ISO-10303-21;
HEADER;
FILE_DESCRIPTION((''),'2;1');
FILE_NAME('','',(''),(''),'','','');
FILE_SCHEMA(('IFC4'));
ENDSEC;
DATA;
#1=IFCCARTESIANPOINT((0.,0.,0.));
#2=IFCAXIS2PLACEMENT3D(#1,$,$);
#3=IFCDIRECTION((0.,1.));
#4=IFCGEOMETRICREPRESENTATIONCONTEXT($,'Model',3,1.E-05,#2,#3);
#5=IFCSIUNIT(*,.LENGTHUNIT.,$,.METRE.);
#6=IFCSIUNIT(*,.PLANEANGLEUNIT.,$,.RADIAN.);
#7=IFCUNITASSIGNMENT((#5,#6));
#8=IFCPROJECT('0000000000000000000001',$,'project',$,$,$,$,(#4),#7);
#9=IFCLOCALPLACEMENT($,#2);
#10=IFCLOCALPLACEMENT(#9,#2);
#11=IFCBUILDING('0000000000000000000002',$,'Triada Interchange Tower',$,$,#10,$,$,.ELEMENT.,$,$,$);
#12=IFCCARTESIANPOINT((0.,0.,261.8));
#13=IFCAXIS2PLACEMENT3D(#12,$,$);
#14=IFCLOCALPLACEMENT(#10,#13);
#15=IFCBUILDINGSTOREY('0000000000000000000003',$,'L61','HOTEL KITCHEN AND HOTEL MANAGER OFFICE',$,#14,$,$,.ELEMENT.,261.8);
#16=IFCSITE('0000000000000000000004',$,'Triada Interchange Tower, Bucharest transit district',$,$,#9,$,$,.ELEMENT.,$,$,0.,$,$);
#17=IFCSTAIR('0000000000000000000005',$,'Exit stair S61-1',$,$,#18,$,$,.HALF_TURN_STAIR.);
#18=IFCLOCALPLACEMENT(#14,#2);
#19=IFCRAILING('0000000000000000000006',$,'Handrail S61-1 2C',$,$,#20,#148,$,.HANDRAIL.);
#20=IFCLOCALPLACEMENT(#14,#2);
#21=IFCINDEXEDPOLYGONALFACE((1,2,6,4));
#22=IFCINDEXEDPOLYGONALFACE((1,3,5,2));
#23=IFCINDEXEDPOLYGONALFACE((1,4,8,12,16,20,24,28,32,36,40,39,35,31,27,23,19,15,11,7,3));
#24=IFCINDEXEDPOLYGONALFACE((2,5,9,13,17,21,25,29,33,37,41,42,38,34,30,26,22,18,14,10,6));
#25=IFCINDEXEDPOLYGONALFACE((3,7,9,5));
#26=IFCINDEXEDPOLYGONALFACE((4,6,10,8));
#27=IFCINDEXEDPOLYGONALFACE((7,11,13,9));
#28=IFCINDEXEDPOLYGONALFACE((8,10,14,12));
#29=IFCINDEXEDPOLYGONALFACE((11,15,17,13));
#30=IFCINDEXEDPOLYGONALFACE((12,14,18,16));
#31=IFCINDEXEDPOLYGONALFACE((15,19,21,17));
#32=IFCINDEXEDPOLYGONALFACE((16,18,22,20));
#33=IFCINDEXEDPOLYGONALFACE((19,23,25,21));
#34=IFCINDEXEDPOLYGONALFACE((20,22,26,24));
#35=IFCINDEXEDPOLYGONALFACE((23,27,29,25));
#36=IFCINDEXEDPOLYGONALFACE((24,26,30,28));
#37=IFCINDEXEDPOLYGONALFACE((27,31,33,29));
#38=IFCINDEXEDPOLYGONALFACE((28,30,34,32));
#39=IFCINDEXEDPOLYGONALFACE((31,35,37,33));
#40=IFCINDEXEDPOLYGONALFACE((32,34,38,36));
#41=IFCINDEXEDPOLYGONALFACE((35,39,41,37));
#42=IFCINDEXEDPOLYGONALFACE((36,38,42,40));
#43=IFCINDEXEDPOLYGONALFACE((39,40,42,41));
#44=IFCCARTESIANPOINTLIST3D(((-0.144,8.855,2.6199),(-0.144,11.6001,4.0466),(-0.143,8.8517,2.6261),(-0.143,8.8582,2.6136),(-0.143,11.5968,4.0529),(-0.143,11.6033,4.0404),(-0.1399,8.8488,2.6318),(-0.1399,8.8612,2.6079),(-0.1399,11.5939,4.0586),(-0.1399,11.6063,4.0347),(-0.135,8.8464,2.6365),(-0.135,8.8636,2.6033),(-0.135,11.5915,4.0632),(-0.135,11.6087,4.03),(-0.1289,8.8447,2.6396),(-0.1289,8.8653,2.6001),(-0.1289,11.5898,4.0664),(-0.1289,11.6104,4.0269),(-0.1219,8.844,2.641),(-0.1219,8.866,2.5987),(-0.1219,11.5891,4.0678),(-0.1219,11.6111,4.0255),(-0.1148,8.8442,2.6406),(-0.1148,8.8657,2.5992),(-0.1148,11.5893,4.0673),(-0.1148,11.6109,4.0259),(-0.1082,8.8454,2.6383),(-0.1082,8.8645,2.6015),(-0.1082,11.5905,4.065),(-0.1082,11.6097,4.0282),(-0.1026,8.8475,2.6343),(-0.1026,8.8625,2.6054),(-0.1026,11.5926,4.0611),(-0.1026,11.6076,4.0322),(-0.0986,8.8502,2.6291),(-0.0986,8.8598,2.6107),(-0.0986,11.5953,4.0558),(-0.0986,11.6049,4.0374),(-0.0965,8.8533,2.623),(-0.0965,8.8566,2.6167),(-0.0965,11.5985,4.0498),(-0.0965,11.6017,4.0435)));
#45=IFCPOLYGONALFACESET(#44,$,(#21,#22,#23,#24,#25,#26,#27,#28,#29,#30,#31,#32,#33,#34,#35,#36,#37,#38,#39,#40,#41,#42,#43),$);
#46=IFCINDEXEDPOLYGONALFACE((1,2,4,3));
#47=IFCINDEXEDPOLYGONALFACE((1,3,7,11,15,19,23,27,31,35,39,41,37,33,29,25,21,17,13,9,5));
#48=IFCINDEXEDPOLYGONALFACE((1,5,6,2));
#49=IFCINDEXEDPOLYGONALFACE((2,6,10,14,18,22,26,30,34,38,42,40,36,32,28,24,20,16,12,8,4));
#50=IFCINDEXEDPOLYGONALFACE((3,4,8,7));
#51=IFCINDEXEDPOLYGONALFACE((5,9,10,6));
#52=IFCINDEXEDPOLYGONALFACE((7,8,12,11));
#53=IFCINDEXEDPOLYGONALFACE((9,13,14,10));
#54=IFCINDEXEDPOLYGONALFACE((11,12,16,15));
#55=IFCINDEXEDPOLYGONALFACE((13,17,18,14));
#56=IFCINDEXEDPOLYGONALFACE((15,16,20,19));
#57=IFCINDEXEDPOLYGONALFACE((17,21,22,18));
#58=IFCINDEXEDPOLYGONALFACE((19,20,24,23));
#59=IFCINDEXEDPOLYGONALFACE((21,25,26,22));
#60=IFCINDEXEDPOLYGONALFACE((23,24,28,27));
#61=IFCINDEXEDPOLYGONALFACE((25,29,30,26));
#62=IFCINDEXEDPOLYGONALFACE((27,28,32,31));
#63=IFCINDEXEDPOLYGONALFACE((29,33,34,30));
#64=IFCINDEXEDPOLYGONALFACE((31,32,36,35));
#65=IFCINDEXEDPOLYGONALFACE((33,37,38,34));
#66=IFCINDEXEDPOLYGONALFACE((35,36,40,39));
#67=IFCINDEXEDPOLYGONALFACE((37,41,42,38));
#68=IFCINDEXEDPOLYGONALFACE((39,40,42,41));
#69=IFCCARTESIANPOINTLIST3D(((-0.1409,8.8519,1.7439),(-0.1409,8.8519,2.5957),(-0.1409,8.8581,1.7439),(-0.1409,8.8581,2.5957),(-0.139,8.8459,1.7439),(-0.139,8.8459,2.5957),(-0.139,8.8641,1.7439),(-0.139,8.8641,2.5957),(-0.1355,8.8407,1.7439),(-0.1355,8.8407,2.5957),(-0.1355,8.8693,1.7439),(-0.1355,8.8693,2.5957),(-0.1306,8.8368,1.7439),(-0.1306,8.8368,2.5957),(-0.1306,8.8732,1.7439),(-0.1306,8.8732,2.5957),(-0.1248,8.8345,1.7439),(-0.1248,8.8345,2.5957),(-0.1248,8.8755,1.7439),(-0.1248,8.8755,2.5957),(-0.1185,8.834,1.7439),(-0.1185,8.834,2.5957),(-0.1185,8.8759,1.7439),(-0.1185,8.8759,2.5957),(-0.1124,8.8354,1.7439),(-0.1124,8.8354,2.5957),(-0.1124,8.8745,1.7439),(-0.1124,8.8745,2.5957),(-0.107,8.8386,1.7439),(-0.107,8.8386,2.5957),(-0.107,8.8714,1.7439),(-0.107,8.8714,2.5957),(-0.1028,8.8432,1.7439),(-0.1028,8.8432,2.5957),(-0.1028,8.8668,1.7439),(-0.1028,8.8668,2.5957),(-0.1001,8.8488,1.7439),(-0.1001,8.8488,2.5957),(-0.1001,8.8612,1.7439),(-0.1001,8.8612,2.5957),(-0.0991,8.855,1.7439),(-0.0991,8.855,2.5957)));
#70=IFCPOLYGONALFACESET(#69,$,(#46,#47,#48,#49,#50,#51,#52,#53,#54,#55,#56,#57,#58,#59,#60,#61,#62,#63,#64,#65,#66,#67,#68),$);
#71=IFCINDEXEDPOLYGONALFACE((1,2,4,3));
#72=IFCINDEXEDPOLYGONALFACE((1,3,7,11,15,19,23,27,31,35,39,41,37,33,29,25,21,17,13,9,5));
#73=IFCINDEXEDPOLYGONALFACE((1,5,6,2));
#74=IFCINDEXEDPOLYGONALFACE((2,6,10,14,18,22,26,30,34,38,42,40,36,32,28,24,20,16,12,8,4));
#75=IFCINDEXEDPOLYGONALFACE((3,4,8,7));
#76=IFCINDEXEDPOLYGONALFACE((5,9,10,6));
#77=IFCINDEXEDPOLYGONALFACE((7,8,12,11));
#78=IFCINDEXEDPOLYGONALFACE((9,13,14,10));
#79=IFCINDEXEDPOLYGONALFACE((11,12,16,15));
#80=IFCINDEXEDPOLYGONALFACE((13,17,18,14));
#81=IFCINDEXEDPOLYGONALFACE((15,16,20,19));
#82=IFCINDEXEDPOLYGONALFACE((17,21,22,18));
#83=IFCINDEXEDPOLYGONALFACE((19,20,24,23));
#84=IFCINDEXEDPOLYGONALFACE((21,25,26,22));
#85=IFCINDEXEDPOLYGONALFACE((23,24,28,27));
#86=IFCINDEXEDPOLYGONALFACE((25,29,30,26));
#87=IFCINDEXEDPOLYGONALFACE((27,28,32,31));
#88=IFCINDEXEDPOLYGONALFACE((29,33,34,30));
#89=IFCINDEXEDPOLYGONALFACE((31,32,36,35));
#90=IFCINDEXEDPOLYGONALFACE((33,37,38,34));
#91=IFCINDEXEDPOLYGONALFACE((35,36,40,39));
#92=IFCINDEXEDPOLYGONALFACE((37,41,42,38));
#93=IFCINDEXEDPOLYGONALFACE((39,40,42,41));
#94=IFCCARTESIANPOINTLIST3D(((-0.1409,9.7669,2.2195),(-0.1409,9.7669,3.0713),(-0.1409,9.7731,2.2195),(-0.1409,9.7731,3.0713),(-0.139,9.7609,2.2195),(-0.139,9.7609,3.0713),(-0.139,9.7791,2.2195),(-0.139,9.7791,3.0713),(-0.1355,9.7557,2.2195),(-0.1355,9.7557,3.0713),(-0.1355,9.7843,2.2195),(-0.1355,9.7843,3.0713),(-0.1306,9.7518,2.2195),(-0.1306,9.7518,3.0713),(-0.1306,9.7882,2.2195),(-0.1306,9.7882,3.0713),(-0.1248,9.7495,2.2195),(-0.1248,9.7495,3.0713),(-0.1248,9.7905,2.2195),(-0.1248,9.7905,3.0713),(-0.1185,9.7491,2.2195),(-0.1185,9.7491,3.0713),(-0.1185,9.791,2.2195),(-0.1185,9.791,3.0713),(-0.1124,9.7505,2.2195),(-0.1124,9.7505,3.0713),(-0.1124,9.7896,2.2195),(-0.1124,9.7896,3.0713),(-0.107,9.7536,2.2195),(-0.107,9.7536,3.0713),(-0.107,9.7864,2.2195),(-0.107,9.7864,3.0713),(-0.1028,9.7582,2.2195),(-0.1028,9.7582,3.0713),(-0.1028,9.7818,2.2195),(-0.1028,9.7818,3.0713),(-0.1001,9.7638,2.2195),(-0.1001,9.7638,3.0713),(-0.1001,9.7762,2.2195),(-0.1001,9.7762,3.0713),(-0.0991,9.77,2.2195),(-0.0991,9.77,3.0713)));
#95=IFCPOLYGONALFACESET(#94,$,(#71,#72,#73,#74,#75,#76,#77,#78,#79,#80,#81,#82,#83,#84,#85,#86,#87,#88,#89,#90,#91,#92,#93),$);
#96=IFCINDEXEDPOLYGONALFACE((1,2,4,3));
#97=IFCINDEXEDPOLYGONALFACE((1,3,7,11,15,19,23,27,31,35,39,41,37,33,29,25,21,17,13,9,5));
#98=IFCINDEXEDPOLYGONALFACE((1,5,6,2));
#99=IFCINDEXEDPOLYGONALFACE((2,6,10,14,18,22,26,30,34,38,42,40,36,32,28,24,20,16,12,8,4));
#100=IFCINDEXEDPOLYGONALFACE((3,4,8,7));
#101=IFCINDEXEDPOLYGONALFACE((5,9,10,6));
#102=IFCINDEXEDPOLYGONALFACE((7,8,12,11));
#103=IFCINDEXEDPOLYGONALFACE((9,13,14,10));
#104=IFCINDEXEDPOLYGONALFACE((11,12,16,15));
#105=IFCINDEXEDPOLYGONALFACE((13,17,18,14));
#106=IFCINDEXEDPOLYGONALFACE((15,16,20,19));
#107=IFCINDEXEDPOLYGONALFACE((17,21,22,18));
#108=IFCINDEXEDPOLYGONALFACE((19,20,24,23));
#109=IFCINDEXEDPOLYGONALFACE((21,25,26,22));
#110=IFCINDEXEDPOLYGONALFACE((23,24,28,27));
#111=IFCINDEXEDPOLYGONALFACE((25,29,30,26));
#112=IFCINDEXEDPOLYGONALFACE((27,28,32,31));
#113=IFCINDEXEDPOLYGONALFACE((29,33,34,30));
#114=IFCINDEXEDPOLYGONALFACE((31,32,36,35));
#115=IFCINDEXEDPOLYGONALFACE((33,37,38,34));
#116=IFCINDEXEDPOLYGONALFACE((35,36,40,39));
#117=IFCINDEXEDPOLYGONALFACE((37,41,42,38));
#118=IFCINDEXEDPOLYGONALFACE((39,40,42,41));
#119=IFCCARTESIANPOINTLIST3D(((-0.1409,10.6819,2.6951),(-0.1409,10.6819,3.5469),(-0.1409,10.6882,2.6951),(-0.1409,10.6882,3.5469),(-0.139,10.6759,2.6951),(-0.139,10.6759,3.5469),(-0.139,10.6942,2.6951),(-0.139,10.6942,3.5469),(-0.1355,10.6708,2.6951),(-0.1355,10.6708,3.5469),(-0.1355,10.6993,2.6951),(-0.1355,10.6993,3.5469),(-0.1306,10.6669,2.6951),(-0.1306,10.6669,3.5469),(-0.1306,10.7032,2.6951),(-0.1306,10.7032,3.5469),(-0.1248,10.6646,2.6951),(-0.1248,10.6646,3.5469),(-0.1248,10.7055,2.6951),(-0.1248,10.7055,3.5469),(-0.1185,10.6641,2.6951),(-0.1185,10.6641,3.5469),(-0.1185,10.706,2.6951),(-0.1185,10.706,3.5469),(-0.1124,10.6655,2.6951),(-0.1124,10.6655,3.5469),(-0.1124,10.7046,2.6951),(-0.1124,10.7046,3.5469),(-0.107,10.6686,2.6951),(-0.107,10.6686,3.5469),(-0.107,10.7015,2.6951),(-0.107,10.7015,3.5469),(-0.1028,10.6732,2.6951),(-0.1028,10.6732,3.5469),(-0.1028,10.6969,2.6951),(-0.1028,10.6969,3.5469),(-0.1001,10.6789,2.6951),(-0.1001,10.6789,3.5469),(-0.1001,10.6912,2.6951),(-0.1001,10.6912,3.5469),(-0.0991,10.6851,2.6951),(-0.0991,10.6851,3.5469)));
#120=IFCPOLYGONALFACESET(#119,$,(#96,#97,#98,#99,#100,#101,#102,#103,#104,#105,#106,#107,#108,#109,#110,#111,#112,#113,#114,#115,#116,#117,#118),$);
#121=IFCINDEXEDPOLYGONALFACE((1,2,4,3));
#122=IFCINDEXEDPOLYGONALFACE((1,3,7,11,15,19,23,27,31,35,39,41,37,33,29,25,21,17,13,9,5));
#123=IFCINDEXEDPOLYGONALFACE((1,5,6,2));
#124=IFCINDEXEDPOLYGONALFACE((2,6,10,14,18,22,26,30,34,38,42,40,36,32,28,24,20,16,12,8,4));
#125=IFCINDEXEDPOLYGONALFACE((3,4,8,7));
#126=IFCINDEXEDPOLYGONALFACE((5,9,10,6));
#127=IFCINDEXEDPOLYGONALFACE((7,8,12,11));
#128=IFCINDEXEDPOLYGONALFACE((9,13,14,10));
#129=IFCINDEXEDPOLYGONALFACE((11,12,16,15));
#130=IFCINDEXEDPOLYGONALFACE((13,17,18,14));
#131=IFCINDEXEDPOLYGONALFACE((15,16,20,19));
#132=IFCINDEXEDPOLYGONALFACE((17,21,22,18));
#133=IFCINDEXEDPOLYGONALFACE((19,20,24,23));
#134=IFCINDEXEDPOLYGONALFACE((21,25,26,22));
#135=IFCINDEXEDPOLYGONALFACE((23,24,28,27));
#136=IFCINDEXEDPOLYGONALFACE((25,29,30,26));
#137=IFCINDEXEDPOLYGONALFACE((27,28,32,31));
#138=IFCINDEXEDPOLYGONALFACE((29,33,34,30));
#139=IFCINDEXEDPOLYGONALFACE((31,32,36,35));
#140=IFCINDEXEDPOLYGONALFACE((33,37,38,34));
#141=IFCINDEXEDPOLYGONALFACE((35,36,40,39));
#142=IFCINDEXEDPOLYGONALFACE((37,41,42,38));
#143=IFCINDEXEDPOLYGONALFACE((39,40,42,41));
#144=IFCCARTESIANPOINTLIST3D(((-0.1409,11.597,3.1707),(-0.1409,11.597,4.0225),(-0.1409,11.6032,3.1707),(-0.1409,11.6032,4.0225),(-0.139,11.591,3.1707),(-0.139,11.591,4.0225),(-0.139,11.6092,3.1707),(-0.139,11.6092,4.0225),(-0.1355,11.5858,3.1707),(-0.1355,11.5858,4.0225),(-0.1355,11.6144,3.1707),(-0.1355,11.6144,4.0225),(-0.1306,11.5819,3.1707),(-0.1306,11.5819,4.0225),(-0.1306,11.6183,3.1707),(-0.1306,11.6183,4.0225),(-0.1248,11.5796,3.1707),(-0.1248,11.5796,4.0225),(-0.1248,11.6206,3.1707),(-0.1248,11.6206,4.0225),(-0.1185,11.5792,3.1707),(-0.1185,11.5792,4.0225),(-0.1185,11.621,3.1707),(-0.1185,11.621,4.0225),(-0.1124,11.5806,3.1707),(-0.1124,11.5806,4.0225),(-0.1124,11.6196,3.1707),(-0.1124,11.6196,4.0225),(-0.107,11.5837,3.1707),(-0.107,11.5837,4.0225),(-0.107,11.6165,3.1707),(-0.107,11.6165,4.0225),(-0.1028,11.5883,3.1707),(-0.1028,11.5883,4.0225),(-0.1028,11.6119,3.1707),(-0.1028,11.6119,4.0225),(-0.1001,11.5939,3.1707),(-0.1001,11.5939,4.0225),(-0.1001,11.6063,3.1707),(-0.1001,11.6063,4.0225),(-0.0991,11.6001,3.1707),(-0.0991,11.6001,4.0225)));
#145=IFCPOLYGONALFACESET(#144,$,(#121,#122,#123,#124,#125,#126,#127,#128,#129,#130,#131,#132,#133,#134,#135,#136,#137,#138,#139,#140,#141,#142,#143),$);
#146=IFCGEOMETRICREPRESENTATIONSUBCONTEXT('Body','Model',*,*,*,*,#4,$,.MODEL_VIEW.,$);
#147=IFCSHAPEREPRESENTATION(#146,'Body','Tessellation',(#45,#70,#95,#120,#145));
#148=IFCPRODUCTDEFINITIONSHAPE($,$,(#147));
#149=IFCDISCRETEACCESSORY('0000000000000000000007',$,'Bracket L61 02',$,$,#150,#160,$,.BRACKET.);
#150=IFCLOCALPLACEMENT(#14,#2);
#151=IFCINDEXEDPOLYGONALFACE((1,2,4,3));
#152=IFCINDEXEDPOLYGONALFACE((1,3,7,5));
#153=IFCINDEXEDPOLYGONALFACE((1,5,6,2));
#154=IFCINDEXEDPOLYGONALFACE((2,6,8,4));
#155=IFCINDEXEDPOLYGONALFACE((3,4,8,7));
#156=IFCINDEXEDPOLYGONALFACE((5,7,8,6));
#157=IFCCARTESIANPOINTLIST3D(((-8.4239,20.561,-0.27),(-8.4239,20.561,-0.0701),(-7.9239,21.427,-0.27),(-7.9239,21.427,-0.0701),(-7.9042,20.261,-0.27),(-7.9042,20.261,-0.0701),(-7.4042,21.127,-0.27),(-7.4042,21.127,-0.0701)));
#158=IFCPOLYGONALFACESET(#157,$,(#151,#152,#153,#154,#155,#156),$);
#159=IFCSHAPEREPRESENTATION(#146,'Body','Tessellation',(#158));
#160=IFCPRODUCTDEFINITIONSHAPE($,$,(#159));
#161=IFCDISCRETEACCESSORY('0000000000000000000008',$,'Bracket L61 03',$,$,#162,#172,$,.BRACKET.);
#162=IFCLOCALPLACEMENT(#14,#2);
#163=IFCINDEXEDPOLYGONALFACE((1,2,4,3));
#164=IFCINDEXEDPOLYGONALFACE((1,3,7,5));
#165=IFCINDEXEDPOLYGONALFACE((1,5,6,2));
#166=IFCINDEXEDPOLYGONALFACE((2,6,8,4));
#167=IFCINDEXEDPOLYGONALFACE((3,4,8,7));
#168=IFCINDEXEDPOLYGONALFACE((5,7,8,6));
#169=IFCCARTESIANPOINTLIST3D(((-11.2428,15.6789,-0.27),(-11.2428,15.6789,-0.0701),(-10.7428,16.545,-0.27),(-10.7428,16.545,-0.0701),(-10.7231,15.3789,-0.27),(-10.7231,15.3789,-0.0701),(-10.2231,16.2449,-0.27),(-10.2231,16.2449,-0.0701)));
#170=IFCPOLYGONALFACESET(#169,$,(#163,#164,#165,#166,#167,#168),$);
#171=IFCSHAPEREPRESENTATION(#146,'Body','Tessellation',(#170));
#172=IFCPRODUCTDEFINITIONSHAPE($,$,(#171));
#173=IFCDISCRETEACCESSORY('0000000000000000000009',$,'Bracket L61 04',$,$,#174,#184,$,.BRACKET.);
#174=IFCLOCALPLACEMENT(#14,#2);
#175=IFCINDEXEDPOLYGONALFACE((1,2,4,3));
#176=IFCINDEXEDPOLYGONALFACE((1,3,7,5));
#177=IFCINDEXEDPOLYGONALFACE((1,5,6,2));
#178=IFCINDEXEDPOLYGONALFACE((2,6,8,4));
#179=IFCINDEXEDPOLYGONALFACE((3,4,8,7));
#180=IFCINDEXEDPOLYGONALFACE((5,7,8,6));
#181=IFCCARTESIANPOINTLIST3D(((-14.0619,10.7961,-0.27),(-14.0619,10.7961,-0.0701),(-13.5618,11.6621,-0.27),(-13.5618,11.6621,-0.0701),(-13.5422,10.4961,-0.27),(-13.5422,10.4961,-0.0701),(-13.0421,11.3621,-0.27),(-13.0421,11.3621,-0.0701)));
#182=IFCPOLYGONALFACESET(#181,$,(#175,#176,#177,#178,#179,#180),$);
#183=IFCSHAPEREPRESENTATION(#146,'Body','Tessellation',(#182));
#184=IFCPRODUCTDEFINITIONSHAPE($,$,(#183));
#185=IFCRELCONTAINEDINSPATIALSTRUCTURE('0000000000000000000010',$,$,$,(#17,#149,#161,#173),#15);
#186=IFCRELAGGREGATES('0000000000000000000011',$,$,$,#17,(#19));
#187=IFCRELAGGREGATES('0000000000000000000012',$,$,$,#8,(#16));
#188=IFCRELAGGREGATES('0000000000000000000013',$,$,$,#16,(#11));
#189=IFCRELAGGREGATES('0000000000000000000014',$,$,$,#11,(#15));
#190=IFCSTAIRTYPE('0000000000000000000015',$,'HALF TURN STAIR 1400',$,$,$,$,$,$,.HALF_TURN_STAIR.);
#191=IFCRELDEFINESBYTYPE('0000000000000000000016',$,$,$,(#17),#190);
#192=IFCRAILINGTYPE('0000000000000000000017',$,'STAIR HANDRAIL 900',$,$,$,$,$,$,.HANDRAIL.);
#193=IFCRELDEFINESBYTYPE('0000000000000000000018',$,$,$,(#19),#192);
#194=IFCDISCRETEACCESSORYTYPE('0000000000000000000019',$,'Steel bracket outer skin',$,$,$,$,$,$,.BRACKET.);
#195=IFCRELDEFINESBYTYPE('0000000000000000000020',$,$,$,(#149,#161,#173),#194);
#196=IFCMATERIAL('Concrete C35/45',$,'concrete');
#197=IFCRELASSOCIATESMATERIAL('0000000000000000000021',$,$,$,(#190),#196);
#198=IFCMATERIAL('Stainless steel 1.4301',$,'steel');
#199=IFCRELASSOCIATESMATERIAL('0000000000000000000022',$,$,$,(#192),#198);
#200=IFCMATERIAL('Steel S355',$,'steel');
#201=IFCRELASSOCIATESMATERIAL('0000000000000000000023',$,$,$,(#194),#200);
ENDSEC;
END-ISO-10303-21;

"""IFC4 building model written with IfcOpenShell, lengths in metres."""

from ifc_helpers import new_model, si_unit, direction, frame, origin, origin_2d, place, context, subcontext, project, spatial, rectangle, circle, extrude, material, type_object, element, aggregate, save


model = new_model("IFC4")

# Units and contexts
model_context = context("Model", 3, precision=1e-05, world=origin(), true_north=direction((0.0, 1.0)))
body_context = subcontext(model_context, "Body", "Model", "MODEL_VIEW")
ifc_project = project(units=[si_unit("LENGTHUNIT", "METRE"), si_unit("PLANEANGLEUNIT", "RADIAN")], contexts=[model_context])

# Site, building, storey
site_placement = place(None, origin())
site = spatial("IfcSite", under=ifc_project, at=site_placement, Name="Triada Interchange Tower, Bucharest transit district", CompositionType="ELEMENT", RefElevation=0.0)
building_placement = place(site_placement, origin())
building = spatial("IfcBuilding", under=site, at=building_placement, Name="Triada Interchange Tower", CompositionType="ELEMENT")
storey_placement = place(building_placement, frame((0.0, 0.0, 261.8)))
storey = spatial("IfcBuildingStorey", under=building, at=storey_placement, Name="L61", Description="HOTEL KITCHEN AND HOTEL MANAGER OFFICE", CompositionType="ELEMENT", Elevation=261.8)

# Stair, railing
ifc_material_1 = material(Name="Concrete C35/45", Category="concrete")
stair_type = type_object("IfcStairType", Name="HALF TURN STAIR 1400", PredefinedType="HALF_TURN_STAIR", material=ifc_material_1)
stair_placement = place(storey_placement, origin())
stair = element("IfcStair", 1, at=stair_placement, inside=storey, type_object=stair_type, Name="Exit stair S61-1", PredefinedType="HALF_TURN_STAIR")
ifc_material_2 = material(Name="Stainless steel 1.4301", Category="steel")
railing_type = type_object("IfcRailingType", Name="STAIR HANDRAIL 900", PredefinedType="HANDRAIL", material=ifc_material_2)
railing_placement = place(storey_placement, frame((-0.1201, 8.855, 1.7439)))
railing = element("IfcRailing", 2, at=railing_placement, type_object=railing_type, Name="Handrail S61-1 2C", PredefinedType="HANDRAIL", context=body_context, shape_type="SweptSolid", body=[
    extrude(circle(Radius=0.0239, at=origin_2d()), frame((0.0, 0.0, 0.876), z_axis=(0.0, 0.88731, 0.461174), x_axis=(-1.0, 0.0, 0.0)), (0.0, 0.0, 1.0), 3.0938),
    extrude(circle(Radius=0.021, at=origin_2d()), origin(), (0.0, 0.0, 1.0), 0.8518),
    extrude(circle(Radius=0.021, at=origin_2d()), frame((0.0, 0.915, 0.4756)), (0.0, 0.0, 1.0), 0.8518),
    extrude(circle(Radius=0.021, at=origin_2d()), frame((0.0, 1.8301, 0.9512)), (0.0, 0.0, 1.0), 0.8518),
    extrude(circle(Radius=0.021, at=origin_2d()), frame((0.0, 2.7451, 1.4268)), (0.0, 0.0, 1.0), 0.8518),
])
aggregate(stair, [railing])

# Discrete accessories
ifc_material_3 = material(Name="Steel S355", Category="steel")
discrete_accessory_type = type_object("IfcDiscreteAccessoryType", Name="Steel bracket outer skin", PredefinedType="BRACKET", material=ifc_material_3)
for number, where, z_axis, x_axis, name in (
    (3, (-7.9141, 20.844, -0.27), (0.0, 0.0, 1.0), (-0.866018, 0.500013, 0.0), "Bracket L61 02"),
    (4, (-10.7329, 15.9619, -0.27), (0.0, 0.0, 1.0), (-0.866018, 0.500013, 0.0), "Bracket L61 03"),
    (5, (-13.552, 11.0791, -0.27), (0.0, 0.0, 1.0), (-0.866018, 0.500013, 0.0), "Bracket L61 04"),
):
    element("IfcDiscreteAccessory", number, at=place(storey_placement, frame(where, z_axis=z_axis, x_axis=x_axis)), inside=storey, type_object=discrete_accessory_type, Name=name, PredefinedType="BRACKET", context=body_context, shape_type="SweptSolid", body=[
        extrude(rectangle(XDim=0.6001, YDim=1.0, at=origin_2d()), origin(), (0.0, 0.0, 1.0), 0.2),
    ])

save(model, "model.ifc")
